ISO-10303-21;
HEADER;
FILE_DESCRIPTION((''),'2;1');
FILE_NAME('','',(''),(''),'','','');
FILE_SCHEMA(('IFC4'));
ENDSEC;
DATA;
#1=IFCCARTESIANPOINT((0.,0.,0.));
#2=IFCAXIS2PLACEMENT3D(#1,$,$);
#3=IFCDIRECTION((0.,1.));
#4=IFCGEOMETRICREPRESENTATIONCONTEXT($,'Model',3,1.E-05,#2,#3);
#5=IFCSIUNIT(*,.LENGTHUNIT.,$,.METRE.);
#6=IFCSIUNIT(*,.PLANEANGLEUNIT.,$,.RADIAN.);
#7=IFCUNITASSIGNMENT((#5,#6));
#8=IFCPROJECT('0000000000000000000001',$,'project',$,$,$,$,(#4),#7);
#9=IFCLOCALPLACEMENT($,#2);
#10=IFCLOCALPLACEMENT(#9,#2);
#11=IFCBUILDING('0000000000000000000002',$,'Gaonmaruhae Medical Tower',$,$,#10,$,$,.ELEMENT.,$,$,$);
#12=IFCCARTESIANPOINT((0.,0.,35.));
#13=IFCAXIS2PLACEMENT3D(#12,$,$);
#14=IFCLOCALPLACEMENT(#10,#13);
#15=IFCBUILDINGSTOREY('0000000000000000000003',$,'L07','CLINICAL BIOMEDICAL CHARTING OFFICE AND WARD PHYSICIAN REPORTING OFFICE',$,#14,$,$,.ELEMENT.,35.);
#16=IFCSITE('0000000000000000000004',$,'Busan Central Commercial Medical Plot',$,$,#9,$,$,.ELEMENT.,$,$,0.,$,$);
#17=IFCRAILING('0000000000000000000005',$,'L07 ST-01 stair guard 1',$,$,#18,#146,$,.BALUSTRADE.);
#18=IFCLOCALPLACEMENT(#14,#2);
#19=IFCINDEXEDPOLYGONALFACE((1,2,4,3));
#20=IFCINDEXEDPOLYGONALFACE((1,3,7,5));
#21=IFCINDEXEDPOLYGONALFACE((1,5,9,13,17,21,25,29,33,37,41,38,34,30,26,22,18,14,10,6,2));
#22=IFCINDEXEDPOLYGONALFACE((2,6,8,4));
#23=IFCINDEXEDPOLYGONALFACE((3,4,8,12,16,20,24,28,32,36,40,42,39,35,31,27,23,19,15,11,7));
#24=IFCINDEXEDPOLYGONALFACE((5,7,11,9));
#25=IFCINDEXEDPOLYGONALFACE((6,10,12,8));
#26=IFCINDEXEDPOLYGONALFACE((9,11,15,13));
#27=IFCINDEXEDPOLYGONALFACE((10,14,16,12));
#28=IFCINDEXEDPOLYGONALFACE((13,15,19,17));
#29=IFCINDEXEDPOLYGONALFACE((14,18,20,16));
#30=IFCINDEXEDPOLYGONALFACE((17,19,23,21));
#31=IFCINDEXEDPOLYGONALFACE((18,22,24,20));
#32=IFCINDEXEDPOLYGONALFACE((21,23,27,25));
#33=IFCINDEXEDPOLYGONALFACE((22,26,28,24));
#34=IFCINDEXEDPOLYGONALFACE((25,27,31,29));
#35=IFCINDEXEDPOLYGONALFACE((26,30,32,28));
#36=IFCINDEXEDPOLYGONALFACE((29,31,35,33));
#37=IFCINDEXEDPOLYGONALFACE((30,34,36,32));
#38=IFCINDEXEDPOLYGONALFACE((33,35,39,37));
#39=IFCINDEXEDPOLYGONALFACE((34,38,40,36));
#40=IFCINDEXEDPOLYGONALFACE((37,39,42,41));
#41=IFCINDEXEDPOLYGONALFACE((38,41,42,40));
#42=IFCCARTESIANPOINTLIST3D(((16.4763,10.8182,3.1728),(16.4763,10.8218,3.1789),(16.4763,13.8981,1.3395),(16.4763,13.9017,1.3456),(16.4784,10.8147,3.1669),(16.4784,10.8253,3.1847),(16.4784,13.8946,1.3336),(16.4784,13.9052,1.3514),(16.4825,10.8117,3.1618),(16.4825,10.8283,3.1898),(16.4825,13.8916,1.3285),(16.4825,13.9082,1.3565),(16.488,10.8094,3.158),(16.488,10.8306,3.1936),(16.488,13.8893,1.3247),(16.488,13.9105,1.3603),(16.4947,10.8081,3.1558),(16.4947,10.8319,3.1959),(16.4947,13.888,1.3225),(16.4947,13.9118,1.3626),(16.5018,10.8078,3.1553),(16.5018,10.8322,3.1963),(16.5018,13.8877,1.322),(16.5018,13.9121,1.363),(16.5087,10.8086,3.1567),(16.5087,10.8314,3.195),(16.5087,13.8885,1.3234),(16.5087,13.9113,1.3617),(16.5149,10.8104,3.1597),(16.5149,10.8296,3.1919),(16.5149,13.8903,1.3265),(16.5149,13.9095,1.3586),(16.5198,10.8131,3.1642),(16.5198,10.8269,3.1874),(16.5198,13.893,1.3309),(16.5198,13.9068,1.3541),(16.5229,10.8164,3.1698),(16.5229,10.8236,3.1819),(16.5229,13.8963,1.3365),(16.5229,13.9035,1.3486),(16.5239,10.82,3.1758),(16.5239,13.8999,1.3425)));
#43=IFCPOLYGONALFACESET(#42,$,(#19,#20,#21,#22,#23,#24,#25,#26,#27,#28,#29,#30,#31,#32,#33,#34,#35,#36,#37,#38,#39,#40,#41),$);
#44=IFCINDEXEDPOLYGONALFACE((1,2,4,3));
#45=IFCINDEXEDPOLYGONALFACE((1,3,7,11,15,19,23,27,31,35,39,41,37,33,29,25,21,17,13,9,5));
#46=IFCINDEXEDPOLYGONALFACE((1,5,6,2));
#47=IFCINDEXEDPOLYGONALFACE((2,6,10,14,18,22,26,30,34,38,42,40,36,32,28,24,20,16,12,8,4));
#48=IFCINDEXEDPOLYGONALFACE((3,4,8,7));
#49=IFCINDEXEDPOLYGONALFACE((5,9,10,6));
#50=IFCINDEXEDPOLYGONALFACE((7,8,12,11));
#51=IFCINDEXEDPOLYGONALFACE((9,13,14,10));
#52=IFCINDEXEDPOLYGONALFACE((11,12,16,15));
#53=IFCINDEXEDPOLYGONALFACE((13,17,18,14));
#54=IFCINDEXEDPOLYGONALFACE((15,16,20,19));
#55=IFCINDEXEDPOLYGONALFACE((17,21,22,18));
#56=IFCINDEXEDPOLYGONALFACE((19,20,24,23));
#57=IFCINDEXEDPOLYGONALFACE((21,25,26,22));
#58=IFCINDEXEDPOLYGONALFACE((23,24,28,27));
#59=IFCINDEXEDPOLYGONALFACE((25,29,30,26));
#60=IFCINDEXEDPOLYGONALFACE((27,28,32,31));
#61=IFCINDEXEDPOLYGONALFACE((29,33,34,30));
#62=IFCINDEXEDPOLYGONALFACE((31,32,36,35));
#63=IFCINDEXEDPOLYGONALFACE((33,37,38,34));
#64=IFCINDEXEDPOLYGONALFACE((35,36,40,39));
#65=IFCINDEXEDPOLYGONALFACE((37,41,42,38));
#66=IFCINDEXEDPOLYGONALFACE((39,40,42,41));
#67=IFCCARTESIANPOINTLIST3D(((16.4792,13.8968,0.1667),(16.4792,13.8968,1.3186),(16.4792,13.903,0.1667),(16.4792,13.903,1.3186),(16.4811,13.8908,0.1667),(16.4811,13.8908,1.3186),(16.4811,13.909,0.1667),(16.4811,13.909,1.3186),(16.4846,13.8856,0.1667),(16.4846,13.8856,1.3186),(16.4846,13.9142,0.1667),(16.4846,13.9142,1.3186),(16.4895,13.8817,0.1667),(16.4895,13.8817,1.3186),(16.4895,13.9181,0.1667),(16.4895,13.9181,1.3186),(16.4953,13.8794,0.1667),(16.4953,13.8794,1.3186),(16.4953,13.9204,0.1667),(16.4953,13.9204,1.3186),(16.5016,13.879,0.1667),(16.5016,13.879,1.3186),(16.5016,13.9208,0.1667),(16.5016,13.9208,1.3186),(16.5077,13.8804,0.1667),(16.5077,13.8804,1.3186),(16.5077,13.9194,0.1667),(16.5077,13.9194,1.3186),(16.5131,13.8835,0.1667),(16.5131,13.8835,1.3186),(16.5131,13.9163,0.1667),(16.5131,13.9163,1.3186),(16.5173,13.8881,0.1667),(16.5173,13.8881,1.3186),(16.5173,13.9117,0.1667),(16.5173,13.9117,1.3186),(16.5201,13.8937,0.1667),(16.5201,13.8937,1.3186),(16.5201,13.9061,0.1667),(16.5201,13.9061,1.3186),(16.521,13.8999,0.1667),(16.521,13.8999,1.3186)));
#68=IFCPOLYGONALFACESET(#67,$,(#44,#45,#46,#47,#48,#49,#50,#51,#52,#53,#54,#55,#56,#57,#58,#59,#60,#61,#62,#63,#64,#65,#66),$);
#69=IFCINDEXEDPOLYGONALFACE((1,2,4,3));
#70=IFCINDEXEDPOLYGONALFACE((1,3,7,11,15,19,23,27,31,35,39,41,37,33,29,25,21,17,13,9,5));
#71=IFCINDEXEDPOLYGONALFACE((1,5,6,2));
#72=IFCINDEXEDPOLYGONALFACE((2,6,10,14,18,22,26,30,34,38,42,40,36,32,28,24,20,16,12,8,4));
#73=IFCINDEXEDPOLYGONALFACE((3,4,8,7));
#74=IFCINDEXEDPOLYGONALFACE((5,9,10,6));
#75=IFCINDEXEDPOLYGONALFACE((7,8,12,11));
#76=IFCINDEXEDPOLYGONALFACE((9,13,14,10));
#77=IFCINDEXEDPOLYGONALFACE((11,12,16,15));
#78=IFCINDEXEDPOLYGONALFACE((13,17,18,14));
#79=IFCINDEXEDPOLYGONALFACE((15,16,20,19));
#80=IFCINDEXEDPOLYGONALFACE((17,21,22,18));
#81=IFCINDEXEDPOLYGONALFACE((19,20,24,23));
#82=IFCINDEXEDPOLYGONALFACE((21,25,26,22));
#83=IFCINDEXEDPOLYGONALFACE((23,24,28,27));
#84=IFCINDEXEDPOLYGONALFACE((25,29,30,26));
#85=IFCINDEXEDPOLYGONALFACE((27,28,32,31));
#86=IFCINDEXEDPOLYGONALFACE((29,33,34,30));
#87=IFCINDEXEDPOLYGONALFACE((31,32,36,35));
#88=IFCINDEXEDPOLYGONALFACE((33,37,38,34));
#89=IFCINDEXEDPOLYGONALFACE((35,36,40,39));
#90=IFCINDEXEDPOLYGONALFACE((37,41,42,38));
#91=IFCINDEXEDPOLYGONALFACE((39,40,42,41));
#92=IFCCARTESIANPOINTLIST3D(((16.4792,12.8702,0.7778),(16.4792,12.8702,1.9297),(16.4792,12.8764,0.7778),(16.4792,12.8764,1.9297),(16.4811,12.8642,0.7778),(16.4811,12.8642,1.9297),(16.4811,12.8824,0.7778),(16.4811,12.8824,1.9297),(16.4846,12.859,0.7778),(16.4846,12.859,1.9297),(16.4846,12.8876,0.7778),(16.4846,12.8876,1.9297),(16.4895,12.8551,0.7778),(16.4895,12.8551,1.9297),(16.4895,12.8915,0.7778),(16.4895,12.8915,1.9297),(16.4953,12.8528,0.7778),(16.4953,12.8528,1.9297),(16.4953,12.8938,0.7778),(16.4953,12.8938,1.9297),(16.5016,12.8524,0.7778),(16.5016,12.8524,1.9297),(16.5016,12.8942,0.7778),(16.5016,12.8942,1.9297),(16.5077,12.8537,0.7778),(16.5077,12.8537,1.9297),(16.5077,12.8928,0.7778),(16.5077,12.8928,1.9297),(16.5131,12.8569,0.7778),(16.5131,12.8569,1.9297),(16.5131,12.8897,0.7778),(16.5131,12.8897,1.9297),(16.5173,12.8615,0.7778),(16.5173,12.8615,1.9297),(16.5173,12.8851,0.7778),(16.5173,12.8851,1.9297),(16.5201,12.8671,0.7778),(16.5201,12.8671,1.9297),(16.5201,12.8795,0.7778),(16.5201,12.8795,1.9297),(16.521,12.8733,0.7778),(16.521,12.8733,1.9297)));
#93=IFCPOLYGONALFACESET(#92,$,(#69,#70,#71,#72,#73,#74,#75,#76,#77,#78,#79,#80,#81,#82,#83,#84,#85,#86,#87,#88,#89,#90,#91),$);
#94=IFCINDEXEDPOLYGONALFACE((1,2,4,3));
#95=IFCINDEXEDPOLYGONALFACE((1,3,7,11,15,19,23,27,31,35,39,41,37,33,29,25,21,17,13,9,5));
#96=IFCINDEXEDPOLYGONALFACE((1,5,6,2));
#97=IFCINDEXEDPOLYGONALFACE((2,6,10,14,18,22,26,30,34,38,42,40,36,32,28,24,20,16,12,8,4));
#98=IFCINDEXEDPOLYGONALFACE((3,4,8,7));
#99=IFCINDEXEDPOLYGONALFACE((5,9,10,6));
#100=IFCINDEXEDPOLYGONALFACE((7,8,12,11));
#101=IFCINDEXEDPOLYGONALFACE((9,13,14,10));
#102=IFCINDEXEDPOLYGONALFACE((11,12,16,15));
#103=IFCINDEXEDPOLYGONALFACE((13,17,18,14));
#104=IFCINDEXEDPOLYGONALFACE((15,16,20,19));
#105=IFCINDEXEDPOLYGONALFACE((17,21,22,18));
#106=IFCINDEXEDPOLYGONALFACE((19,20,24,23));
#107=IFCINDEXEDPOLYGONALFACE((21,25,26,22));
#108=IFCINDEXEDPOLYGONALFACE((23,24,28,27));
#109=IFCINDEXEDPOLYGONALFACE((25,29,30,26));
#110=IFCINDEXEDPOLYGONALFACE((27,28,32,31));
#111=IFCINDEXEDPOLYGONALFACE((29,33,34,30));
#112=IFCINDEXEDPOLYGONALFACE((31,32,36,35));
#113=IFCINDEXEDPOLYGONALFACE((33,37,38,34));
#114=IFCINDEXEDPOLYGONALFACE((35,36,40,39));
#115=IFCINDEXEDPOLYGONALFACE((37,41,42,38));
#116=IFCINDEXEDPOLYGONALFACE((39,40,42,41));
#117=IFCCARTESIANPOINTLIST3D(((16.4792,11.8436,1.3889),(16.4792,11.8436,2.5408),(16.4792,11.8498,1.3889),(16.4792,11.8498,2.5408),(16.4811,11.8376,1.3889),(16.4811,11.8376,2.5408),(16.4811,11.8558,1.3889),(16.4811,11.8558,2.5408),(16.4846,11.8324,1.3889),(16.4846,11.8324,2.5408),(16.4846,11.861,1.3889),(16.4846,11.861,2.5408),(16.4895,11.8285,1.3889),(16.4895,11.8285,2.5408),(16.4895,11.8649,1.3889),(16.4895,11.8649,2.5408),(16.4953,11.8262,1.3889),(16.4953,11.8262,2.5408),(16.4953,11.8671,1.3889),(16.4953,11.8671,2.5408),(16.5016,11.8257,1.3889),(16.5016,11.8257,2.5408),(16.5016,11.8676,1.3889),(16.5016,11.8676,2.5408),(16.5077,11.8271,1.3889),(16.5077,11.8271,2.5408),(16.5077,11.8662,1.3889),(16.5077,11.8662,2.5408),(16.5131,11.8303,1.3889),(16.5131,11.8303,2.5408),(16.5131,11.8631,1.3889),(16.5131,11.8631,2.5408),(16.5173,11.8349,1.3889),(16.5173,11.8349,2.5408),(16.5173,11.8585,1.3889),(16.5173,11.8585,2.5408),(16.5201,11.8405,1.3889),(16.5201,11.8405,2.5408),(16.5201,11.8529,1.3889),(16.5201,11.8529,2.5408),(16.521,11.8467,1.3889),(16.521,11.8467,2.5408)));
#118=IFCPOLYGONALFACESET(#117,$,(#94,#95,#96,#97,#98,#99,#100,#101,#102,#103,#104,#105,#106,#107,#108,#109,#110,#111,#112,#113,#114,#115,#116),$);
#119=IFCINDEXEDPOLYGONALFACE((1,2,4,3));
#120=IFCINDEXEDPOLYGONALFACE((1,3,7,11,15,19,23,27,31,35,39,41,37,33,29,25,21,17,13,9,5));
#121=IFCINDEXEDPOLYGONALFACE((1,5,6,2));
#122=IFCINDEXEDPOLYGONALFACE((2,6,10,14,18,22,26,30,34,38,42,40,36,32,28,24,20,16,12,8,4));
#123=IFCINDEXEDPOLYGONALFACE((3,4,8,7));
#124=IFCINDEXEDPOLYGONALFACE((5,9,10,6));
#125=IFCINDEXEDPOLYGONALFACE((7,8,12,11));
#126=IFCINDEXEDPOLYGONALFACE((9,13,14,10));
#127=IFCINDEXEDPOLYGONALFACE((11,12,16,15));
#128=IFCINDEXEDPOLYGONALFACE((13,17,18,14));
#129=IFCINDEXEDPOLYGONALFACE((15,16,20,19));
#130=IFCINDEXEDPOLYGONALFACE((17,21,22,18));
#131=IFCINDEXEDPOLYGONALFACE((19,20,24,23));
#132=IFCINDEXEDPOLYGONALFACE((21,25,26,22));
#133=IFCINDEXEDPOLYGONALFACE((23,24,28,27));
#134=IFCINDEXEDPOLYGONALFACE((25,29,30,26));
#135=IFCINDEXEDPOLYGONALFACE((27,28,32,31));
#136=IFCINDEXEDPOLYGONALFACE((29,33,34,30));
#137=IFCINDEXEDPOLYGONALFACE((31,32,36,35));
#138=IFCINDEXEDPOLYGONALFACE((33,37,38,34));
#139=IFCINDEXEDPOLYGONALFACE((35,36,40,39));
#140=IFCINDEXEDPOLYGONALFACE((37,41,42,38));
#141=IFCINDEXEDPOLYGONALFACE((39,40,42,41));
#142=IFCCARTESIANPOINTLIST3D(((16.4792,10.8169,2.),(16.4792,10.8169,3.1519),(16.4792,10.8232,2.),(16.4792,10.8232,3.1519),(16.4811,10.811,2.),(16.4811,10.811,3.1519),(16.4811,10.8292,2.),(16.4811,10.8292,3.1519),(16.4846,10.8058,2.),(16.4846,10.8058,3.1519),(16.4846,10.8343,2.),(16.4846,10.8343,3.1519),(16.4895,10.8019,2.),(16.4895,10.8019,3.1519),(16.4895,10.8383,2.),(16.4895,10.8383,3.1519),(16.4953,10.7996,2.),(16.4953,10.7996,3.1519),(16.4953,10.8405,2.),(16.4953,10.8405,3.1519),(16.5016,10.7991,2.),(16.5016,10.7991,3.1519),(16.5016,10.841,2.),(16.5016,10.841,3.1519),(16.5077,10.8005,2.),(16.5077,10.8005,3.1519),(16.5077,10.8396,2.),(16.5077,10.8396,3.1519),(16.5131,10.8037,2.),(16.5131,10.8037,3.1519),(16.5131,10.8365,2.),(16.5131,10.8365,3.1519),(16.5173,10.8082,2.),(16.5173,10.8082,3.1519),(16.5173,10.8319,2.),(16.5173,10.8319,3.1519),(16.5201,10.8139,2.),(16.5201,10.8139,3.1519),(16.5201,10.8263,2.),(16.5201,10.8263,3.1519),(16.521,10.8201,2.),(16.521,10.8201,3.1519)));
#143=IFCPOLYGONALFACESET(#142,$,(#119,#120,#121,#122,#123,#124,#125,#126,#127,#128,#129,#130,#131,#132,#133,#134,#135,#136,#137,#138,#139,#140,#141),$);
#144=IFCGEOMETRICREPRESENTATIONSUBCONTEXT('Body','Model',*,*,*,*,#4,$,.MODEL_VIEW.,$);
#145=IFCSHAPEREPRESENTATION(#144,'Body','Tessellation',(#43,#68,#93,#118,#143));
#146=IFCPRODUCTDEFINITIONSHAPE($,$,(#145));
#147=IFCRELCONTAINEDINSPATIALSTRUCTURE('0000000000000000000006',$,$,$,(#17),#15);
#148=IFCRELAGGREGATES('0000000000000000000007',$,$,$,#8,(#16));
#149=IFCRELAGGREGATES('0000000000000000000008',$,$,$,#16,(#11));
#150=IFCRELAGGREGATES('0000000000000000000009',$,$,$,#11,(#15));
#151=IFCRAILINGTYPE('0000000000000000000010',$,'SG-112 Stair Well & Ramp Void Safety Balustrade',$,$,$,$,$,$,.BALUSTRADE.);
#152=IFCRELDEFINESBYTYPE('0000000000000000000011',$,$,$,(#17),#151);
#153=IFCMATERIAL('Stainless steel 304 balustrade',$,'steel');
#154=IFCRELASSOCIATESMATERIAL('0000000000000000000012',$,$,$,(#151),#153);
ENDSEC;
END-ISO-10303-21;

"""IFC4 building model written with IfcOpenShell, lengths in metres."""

from ifc_helpers import new_model, si_unit, direction, frame, origin, origin_2d, place, context, subcontext, project, spatial, circle, extrude, material, type_object, element, save


model = new_model("IFC4")

# Units and contexts
model_context = context("Model", 3, precision=1e-05, world=origin(), true_north=direction((0.0, 1.0)))
body_context = subcontext(model_context, "Body", "Model", "MODEL_VIEW")
ifc_project = project(units=[si_unit("LENGTHUNIT", "METRE"), si_unit("PLANEANGLEUNIT", "RADIAN")], contexts=[model_context])

# Site, building, storey
site_placement = place(None, origin())
site = spatial("IfcSite", under=ifc_project, at=site_placement, Name="Busan Central Commercial Medical Plot", CompositionType="ELEMENT", RefElevation=0.0)
building_placement = place(site_placement, origin())
building = spatial("IfcBuilding", under=site, at=building_placement, Name="Gaonmaruhae Medical Tower", CompositionType="ELEMENT")
storey_placement = place(building_placement, frame((0.0, 0.0, 35.0)))
storey = spatial("IfcBuildingStorey", under=building, at=storey_placement, Name="L07", Description="CLINICAL BIOMEDICAL CHARTING OFFICE AND WARD PHYSICIAN REPORTING OFFICE", CompositionType="ELEMENT", Elevation=35.0)

# Railing
ifc_material_1 = material(Name="Stainless steel 304 balustrade", Category="steel")
railing_type_1 = type_object("IfcRailingType", Name="SG-112 Stair Well & Ramp Void Safety Balustrade", PredefinedType="BALUSTRADE", material=ifc_material_1)
railing_1_placement = place(storey_placement, frame((16.5, 13.8999, 0.1667)))
element("IfcRailing", 1, at=railing_1_placement, inside=storey, type_object=railing_type_1, Name="L07 ST-01 stair guard 1", PredefinedType="BALUSTRADE", context=body_context, shape_type="SweptSolid", body=[
    extrude(circle(Radius=0.0239, at=origin_2d()), frame((0.0, 0.0, 1.1758), z_axis=(0.0, -0.859291, 0.511487), x_axis=(1.0, 0.0, 0.0)), (0.0, 0.0, 1.0), 3.5842),
    extrude(circle(Radius=0.021, at=origin_2d()), origin(), (0.0, 0.0, 1.0), 1.1519),
    extrude(circle(Radius=0.021, at=origin_2d()), frame((0.0, -1.0266, 0.6111)), (0.0, 0.0, 1.0), 1.1519),
    extrude(circle(Radius=0.021, at=origin_2d()), frame((0.0, -2.0532, 1.2222)), (0.0, 0.0, 1.0), 1.1519),
    extrude(circle(Radius=0.021, at=origin_2d()), frame((0.0, -3.0798, 1.8333)), (0.0, 0.0, 1.0), 1.1519),
])

save(model, "model.ifc")
